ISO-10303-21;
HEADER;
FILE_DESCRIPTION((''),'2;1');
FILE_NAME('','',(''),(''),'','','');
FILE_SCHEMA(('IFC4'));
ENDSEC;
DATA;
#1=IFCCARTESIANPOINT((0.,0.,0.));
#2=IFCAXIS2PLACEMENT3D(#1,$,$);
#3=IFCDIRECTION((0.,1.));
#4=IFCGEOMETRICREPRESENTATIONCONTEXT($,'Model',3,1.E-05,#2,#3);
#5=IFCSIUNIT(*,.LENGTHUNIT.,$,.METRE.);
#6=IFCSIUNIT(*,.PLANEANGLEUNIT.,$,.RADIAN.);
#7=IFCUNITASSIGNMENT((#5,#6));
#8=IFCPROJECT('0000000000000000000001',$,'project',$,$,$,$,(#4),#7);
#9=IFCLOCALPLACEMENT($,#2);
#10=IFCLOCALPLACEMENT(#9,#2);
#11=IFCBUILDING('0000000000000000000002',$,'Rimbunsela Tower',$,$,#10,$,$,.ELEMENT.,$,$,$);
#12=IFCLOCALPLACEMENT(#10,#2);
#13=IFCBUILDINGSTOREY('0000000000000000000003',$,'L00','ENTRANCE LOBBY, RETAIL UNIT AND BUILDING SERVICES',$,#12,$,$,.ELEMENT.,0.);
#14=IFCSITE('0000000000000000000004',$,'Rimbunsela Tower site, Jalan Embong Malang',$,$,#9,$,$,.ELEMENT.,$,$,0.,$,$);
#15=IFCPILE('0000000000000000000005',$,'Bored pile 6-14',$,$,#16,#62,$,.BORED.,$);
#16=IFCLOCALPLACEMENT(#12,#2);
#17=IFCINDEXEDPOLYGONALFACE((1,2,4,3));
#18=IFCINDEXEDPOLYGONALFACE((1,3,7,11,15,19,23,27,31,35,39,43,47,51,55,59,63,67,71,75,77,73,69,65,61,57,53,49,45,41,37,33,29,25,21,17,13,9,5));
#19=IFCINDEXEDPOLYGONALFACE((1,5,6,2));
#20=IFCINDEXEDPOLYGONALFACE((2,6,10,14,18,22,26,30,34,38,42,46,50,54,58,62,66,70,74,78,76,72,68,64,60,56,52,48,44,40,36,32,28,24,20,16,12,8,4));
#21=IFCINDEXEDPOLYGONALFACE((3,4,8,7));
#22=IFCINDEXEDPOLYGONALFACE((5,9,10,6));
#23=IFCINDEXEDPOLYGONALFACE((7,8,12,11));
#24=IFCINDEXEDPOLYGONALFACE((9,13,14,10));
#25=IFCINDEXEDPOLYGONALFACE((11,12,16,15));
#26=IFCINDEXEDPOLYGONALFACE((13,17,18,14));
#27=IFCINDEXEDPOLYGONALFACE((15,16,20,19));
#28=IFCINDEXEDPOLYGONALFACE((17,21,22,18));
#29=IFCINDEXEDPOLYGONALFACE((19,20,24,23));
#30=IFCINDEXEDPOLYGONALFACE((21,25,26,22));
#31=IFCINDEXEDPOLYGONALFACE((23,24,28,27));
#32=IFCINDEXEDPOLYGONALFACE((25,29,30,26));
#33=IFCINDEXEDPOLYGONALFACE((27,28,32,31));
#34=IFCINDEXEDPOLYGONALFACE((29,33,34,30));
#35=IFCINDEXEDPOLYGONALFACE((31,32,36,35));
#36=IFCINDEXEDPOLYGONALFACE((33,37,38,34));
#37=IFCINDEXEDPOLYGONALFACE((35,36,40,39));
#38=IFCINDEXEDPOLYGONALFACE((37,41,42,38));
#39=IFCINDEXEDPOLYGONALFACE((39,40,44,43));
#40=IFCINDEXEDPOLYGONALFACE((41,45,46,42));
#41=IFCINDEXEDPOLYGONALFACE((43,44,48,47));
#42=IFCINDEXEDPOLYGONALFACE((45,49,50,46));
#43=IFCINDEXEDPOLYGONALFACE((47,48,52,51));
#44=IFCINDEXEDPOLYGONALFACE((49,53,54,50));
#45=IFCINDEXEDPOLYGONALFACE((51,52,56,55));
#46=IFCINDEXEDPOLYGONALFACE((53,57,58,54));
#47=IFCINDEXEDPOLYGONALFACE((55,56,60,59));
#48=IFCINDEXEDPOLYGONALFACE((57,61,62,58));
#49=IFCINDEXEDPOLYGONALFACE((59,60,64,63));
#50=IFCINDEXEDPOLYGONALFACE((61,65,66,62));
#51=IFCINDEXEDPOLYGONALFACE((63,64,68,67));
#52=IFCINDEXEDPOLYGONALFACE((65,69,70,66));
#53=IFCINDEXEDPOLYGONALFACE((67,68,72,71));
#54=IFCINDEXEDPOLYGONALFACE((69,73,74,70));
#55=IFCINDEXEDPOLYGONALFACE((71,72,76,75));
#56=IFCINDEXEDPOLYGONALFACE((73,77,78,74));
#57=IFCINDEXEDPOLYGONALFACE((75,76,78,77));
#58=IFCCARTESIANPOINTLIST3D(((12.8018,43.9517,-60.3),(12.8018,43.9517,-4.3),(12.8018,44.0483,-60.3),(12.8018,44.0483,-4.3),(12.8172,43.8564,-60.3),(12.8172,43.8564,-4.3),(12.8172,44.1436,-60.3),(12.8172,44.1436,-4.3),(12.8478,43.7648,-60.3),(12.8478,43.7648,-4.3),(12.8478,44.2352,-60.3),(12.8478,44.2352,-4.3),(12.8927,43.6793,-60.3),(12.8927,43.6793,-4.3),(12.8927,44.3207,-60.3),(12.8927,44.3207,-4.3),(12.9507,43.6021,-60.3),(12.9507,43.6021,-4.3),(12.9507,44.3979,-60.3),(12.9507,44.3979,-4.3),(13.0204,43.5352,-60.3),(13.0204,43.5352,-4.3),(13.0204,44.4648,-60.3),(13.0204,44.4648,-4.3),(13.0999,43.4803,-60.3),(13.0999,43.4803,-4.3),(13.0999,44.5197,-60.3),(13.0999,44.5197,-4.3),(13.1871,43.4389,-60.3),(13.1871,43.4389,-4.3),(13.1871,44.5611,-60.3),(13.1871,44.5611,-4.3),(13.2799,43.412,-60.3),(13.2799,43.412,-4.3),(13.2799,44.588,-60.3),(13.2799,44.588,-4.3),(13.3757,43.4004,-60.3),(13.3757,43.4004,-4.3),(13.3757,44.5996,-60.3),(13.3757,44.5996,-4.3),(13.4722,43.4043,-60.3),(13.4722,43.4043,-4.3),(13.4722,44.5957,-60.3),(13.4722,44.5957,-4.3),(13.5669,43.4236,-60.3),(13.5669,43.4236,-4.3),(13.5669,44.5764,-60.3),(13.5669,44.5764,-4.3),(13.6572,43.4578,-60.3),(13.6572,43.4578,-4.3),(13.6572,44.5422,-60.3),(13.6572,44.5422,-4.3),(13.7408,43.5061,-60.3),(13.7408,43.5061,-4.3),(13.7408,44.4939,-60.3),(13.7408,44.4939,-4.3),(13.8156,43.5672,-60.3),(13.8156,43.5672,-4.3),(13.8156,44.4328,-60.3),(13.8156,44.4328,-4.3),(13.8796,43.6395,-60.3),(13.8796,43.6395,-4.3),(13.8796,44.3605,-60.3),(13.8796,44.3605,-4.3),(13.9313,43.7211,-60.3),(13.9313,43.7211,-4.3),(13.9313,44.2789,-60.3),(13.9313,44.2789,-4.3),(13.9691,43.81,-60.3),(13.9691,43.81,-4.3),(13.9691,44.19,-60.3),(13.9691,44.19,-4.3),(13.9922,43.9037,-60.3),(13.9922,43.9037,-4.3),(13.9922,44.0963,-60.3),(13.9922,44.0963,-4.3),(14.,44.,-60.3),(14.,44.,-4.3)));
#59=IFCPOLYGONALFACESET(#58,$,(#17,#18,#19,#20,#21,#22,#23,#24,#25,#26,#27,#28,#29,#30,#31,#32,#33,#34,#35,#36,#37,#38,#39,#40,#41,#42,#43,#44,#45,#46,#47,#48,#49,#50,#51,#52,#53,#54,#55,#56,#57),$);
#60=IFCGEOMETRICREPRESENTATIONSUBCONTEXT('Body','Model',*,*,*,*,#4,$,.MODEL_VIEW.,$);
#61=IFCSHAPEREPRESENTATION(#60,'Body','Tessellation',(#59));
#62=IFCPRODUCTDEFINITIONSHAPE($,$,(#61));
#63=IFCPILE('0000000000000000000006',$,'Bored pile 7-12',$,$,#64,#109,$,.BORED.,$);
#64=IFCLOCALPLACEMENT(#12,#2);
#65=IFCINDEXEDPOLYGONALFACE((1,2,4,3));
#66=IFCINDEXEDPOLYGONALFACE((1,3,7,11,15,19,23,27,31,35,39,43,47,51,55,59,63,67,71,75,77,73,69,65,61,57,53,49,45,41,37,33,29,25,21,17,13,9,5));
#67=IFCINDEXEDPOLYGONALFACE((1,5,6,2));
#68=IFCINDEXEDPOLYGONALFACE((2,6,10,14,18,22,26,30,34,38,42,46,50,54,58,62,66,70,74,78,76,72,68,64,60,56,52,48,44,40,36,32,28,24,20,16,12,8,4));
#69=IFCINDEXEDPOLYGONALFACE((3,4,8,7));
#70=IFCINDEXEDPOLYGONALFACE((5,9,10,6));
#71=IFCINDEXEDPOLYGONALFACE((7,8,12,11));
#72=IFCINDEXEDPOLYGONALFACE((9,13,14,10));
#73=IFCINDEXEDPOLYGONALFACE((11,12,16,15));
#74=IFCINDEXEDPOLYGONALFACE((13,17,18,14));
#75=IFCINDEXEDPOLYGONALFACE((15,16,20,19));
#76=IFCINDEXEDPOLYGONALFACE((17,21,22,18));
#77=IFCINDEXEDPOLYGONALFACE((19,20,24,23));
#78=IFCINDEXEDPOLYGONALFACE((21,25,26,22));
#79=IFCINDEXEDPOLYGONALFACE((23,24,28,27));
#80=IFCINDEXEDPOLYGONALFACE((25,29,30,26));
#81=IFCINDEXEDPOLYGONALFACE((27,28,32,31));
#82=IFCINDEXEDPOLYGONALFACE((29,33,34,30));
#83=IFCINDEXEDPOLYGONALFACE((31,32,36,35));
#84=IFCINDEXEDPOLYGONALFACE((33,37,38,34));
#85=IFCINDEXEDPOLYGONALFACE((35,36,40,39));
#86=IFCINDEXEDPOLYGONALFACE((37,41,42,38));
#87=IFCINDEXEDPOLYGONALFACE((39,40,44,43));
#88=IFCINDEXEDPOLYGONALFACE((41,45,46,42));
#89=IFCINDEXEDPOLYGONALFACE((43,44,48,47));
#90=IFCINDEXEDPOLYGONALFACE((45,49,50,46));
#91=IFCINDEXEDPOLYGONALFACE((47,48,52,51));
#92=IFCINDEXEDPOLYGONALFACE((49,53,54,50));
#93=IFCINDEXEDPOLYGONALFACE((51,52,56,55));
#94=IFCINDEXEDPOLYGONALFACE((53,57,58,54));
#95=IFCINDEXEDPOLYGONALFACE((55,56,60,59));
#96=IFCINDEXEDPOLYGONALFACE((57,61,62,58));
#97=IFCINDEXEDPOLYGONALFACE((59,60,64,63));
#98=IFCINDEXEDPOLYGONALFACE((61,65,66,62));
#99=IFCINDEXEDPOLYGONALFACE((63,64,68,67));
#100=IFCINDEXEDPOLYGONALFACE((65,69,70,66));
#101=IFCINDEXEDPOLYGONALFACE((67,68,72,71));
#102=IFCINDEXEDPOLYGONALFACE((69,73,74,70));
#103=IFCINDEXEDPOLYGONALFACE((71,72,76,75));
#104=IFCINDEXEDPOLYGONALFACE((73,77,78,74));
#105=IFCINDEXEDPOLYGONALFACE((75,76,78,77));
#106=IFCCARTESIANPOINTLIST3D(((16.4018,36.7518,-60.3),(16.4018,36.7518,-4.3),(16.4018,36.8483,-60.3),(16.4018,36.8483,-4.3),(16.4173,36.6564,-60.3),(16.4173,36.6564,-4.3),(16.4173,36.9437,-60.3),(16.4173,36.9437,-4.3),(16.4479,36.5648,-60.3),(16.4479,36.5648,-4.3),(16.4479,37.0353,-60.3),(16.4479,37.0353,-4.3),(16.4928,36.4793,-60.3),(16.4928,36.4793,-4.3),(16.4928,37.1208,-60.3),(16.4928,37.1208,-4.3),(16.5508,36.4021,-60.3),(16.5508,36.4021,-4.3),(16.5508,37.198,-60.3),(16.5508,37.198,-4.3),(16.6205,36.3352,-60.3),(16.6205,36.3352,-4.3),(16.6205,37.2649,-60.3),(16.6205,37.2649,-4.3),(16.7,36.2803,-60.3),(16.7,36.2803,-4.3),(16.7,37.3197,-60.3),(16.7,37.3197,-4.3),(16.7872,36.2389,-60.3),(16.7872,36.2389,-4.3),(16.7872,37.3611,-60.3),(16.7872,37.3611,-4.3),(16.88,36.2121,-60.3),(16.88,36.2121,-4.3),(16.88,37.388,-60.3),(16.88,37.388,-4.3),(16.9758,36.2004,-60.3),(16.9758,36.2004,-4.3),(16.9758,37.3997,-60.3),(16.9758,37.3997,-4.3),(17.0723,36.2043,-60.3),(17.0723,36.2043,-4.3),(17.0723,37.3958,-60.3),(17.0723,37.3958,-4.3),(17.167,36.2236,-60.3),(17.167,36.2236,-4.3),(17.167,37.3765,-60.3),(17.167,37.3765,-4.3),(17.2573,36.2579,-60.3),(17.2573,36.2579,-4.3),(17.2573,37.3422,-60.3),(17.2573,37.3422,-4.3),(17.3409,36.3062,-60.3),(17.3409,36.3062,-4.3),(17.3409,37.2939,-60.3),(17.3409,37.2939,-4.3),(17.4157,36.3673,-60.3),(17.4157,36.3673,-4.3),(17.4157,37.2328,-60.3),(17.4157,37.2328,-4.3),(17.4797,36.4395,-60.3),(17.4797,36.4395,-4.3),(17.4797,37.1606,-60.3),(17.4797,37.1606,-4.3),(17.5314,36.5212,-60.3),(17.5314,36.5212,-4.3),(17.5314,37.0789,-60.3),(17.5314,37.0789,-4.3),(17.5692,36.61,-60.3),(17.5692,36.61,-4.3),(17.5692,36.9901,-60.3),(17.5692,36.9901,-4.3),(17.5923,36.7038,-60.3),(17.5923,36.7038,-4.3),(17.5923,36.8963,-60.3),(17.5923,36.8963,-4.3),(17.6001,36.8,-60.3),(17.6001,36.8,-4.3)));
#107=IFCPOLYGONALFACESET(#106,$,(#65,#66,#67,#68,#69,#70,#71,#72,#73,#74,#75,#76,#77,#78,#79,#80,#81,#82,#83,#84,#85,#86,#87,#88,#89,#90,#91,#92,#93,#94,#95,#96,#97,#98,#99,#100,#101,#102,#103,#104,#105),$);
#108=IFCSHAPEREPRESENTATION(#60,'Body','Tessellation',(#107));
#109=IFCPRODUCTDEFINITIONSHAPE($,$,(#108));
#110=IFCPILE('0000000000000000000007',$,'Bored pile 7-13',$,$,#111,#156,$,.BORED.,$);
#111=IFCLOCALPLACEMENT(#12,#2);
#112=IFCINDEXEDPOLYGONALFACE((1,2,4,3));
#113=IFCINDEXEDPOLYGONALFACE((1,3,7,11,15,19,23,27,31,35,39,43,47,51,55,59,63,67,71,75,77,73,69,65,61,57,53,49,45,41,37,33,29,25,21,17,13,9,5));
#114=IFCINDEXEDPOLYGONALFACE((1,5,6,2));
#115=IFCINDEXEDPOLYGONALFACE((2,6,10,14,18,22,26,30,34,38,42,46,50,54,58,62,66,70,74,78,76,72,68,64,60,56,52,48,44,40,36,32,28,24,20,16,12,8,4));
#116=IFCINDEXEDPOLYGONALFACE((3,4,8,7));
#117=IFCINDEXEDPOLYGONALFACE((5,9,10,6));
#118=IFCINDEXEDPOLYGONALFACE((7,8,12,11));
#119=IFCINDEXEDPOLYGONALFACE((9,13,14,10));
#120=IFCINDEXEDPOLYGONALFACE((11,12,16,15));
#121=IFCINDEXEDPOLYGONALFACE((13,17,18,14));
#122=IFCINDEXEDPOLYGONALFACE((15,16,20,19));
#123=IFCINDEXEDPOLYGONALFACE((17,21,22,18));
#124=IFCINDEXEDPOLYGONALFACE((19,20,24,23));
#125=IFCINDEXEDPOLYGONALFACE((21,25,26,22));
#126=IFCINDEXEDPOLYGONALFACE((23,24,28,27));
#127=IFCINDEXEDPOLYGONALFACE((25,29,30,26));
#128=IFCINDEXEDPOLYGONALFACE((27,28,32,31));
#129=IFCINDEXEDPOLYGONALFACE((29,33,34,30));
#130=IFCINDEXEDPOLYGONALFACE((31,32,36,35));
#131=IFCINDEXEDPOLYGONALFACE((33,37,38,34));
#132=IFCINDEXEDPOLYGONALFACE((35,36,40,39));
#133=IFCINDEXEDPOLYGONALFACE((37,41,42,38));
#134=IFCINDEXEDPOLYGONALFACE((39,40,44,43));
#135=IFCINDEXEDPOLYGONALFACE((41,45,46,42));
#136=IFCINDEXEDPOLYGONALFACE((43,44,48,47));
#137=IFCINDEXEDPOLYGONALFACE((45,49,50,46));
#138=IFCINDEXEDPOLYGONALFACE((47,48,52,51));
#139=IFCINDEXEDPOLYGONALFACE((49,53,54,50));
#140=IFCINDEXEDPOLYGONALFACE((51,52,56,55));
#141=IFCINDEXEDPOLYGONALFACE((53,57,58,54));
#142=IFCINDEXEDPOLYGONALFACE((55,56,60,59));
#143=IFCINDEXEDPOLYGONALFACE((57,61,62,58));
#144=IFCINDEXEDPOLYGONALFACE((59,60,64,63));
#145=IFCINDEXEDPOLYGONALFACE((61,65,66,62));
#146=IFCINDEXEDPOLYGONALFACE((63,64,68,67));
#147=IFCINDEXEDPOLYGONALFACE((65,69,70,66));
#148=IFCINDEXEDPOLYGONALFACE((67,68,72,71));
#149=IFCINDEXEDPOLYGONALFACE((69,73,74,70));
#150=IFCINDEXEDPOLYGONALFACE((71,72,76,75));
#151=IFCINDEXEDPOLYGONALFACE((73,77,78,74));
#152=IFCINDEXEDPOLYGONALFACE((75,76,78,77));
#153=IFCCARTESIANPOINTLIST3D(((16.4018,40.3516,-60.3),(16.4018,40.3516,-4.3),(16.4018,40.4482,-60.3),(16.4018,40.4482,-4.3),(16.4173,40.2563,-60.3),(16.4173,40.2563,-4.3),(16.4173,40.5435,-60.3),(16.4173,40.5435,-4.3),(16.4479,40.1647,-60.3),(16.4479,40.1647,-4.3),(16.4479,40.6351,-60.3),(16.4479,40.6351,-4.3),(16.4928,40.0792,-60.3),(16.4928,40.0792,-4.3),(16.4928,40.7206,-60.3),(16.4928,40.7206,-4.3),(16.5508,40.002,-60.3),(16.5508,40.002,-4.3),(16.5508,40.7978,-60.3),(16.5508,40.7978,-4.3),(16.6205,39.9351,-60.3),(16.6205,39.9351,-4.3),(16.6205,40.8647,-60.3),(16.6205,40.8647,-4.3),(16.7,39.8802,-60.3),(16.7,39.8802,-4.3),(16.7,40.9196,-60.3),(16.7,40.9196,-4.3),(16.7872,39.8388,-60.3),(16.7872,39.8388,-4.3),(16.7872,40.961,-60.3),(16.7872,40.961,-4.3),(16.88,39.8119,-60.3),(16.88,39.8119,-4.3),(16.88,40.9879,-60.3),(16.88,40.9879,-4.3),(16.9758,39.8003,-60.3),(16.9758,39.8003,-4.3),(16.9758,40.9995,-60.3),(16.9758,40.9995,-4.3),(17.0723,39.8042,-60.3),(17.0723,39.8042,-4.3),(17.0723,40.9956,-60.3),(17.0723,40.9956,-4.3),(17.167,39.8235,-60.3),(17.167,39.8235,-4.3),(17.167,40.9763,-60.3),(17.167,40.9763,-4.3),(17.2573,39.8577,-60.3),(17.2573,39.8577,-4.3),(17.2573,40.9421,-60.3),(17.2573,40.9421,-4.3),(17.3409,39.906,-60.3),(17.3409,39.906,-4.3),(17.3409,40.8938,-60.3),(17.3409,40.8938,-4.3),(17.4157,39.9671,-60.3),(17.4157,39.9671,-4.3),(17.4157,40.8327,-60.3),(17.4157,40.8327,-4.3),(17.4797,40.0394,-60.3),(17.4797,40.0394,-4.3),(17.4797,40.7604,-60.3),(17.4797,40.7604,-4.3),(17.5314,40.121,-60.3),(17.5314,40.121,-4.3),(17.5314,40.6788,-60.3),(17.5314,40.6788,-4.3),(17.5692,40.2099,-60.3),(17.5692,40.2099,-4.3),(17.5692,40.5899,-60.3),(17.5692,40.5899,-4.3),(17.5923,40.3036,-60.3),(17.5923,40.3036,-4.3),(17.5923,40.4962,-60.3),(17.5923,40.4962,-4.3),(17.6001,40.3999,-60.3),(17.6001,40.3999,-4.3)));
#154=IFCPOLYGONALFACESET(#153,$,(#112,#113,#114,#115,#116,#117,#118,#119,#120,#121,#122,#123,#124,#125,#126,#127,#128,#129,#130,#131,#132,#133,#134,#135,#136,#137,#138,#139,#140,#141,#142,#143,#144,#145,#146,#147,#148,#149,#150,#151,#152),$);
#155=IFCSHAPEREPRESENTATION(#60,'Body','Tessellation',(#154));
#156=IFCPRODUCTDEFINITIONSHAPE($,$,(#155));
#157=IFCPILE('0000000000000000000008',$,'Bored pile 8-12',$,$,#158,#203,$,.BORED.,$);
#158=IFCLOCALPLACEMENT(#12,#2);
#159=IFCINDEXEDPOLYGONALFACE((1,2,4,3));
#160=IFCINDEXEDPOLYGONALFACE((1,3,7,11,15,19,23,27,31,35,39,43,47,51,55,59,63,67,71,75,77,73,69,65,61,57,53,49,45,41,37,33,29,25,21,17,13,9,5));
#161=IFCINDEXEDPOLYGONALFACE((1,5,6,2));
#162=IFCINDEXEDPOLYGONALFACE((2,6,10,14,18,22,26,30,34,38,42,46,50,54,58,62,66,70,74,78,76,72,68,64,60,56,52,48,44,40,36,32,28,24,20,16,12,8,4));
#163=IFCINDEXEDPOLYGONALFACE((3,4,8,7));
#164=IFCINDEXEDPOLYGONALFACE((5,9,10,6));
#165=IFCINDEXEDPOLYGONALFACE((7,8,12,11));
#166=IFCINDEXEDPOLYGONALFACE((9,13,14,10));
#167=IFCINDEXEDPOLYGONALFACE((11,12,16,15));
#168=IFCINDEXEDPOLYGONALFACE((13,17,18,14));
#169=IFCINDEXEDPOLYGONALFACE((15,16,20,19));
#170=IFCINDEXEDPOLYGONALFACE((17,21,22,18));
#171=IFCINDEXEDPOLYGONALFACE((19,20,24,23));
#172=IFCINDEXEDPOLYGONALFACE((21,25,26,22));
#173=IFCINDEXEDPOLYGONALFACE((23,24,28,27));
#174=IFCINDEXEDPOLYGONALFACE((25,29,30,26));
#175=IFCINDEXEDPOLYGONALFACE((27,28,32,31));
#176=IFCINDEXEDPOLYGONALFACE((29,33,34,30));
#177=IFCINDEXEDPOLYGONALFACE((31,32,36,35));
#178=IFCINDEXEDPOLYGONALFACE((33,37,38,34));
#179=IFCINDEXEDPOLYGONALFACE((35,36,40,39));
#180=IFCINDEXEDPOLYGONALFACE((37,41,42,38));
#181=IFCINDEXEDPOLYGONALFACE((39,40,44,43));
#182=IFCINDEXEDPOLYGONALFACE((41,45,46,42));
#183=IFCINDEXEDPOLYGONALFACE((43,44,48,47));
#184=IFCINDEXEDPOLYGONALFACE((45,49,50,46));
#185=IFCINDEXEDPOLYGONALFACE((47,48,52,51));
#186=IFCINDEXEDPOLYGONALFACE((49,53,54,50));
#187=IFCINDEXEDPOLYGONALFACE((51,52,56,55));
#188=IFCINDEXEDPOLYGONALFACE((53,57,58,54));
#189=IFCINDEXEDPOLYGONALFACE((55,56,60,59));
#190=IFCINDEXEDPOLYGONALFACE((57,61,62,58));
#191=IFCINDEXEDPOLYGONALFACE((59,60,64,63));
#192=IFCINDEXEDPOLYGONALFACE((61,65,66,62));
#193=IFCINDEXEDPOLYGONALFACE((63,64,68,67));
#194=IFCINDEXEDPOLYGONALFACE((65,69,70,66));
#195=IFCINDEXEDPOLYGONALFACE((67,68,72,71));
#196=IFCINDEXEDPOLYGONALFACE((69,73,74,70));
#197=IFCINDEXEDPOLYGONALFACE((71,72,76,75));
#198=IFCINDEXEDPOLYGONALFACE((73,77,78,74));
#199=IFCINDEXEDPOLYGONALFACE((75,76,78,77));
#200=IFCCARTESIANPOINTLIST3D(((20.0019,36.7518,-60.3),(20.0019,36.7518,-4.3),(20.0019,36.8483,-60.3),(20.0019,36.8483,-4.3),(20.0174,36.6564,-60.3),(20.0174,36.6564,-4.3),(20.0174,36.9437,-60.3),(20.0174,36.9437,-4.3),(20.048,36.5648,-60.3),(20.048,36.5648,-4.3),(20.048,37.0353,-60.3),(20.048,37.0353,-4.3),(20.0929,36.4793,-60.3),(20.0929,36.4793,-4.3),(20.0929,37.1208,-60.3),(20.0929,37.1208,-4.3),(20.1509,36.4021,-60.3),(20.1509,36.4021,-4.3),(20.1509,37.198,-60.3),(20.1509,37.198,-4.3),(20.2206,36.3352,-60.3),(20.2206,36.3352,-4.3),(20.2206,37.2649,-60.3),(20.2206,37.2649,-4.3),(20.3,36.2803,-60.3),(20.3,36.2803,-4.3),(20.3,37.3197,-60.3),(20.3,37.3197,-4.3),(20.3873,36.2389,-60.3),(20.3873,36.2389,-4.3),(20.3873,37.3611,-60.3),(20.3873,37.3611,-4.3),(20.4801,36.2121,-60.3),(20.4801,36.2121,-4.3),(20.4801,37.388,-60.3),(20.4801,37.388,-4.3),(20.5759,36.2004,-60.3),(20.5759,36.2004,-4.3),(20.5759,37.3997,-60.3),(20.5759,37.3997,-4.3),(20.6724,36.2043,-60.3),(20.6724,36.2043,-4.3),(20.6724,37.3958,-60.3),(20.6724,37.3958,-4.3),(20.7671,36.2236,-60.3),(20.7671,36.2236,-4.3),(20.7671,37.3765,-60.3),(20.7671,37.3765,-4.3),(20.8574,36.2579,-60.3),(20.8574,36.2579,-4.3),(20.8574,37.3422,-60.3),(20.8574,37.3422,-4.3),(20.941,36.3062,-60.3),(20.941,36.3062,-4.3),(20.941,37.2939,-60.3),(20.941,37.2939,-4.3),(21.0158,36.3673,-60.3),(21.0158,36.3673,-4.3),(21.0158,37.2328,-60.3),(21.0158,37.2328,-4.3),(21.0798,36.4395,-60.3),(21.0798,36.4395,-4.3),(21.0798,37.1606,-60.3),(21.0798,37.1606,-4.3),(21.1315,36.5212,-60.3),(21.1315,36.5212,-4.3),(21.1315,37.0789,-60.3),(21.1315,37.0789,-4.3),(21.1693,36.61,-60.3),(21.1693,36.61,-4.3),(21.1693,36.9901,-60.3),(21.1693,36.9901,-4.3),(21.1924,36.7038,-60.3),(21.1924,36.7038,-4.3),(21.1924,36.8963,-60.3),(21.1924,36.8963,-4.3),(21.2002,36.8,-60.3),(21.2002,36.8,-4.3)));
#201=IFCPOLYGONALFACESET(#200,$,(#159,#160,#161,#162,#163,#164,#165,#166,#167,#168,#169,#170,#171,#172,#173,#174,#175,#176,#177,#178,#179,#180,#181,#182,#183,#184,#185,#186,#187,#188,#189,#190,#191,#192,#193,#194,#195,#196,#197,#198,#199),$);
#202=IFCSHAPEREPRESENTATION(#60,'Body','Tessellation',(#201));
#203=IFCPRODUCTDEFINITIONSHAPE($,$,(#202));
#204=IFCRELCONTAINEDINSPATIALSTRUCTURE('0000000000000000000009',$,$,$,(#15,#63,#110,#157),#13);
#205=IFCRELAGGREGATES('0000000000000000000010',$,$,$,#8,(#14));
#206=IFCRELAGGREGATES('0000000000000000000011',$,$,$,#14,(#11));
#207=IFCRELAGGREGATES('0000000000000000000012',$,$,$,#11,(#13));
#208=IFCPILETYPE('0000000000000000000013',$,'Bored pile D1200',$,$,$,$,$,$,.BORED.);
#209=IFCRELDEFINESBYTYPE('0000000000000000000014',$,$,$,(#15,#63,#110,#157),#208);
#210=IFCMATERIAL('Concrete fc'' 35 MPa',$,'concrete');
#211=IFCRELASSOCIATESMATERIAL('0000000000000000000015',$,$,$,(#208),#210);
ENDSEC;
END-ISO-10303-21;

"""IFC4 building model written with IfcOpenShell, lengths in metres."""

from ifc_helpers import new_model, si_unit, direction, frame, origin, origin_2d, place, context, subcontext, project, spatial, circle, extrude, material, material_profile, profile_set, type_object, element, save


model = new_model("IFC4")

# Units and contexts
model_context = context("Model", 3, precision=1e-05, world=origin(), true_north=direction((0.0, 1.0)))
body_context = subcontext(model_context, "Body", "Model", "MODEL_VIEW")
ifc_project = project(units=[si_unit("LENGTHUNIT", "METRE"), si_unit("PLANEANGLEUNIT", "RADIAN")], contexts=[model_context])

# Site, building, storey
site_placement = place(None, origin())
site = spatial("IfcSite", under=ifc_project, at=site_placement, Name="Rimbunsela Tower site, Jalan Embong Malang", CompositionType="ELEMENT", RefElevation=0.0)
building_placement = place(site_placement, origin())
building = spatial("IfcBuilding", under=site, at=building_placement, Name="Rimbunsela Tower", CompositionType="ELEMENT")
storey_placement = place(building_placement, origin())
storey = spatial("IfcBuildingStorey", under=building, at=storey_placement, Name="L00", Description="ENTRANCE LOBBY, RETAIL UNIT AND BUILDING SERVICES", CompositionType="ELEMENT", Elevation=0.0)

# Piles
ifc_material_1 = material(Name="Concrete fc' 35 MPa", Category="concrete")
ifc_material_profile_1 = material_profile(ifc_material_1, circle(Radius=0.6001, at=origin_2d()), Name="BP D1200")
ifc_profile_set_1 = profile_set([ifc_material_profile_1], Name="Concrete fc' 35 MPa")
pile_type = type_object("IfcPileType", Name="Bored pile D1200", PredefinedType="BORED", material=ifc_profile_set_1)
for number, where, z_axis, x_axis, name in (
    (1, (13.3999, 44.0, -4.3), (0.0, 0.0, -1.0), (1.0, 0.0, 0.0), "Bored pile 6-14"),
    (2, (17.0, 36.8, -4.3), (0.0, 0.0, -1.0), (1.0, 0.0, 0.0), "Bored pile 7-12"),
    (3, (17.0, 40.3999, -4.3), (0.0, 0.0, -1.0), (1.0, 0.0, 0.0), "Bored pile 7-13"),
    (4, (20.6001, 36.8, -4.3), (0.0, 0.0, -1.0), (1.0, 0.0, 0.0), "Bored pile 8-12"),
):
    element("IfcPile", number, at=place(storey_placement, frame(where, z_axis=z_axis, x_axis=x_axis)), inside=storey, type_object=pile_type, Name=name, PredefinedType="BORED", context=body_context, shape_type="SweptSolid", body=[
        extrude(circle(Radius=0.6001, at=origin_2d()), origin(), (0.0, 0.0, 1.0), 56.0),
    ])

save(model, "model.ifc")
